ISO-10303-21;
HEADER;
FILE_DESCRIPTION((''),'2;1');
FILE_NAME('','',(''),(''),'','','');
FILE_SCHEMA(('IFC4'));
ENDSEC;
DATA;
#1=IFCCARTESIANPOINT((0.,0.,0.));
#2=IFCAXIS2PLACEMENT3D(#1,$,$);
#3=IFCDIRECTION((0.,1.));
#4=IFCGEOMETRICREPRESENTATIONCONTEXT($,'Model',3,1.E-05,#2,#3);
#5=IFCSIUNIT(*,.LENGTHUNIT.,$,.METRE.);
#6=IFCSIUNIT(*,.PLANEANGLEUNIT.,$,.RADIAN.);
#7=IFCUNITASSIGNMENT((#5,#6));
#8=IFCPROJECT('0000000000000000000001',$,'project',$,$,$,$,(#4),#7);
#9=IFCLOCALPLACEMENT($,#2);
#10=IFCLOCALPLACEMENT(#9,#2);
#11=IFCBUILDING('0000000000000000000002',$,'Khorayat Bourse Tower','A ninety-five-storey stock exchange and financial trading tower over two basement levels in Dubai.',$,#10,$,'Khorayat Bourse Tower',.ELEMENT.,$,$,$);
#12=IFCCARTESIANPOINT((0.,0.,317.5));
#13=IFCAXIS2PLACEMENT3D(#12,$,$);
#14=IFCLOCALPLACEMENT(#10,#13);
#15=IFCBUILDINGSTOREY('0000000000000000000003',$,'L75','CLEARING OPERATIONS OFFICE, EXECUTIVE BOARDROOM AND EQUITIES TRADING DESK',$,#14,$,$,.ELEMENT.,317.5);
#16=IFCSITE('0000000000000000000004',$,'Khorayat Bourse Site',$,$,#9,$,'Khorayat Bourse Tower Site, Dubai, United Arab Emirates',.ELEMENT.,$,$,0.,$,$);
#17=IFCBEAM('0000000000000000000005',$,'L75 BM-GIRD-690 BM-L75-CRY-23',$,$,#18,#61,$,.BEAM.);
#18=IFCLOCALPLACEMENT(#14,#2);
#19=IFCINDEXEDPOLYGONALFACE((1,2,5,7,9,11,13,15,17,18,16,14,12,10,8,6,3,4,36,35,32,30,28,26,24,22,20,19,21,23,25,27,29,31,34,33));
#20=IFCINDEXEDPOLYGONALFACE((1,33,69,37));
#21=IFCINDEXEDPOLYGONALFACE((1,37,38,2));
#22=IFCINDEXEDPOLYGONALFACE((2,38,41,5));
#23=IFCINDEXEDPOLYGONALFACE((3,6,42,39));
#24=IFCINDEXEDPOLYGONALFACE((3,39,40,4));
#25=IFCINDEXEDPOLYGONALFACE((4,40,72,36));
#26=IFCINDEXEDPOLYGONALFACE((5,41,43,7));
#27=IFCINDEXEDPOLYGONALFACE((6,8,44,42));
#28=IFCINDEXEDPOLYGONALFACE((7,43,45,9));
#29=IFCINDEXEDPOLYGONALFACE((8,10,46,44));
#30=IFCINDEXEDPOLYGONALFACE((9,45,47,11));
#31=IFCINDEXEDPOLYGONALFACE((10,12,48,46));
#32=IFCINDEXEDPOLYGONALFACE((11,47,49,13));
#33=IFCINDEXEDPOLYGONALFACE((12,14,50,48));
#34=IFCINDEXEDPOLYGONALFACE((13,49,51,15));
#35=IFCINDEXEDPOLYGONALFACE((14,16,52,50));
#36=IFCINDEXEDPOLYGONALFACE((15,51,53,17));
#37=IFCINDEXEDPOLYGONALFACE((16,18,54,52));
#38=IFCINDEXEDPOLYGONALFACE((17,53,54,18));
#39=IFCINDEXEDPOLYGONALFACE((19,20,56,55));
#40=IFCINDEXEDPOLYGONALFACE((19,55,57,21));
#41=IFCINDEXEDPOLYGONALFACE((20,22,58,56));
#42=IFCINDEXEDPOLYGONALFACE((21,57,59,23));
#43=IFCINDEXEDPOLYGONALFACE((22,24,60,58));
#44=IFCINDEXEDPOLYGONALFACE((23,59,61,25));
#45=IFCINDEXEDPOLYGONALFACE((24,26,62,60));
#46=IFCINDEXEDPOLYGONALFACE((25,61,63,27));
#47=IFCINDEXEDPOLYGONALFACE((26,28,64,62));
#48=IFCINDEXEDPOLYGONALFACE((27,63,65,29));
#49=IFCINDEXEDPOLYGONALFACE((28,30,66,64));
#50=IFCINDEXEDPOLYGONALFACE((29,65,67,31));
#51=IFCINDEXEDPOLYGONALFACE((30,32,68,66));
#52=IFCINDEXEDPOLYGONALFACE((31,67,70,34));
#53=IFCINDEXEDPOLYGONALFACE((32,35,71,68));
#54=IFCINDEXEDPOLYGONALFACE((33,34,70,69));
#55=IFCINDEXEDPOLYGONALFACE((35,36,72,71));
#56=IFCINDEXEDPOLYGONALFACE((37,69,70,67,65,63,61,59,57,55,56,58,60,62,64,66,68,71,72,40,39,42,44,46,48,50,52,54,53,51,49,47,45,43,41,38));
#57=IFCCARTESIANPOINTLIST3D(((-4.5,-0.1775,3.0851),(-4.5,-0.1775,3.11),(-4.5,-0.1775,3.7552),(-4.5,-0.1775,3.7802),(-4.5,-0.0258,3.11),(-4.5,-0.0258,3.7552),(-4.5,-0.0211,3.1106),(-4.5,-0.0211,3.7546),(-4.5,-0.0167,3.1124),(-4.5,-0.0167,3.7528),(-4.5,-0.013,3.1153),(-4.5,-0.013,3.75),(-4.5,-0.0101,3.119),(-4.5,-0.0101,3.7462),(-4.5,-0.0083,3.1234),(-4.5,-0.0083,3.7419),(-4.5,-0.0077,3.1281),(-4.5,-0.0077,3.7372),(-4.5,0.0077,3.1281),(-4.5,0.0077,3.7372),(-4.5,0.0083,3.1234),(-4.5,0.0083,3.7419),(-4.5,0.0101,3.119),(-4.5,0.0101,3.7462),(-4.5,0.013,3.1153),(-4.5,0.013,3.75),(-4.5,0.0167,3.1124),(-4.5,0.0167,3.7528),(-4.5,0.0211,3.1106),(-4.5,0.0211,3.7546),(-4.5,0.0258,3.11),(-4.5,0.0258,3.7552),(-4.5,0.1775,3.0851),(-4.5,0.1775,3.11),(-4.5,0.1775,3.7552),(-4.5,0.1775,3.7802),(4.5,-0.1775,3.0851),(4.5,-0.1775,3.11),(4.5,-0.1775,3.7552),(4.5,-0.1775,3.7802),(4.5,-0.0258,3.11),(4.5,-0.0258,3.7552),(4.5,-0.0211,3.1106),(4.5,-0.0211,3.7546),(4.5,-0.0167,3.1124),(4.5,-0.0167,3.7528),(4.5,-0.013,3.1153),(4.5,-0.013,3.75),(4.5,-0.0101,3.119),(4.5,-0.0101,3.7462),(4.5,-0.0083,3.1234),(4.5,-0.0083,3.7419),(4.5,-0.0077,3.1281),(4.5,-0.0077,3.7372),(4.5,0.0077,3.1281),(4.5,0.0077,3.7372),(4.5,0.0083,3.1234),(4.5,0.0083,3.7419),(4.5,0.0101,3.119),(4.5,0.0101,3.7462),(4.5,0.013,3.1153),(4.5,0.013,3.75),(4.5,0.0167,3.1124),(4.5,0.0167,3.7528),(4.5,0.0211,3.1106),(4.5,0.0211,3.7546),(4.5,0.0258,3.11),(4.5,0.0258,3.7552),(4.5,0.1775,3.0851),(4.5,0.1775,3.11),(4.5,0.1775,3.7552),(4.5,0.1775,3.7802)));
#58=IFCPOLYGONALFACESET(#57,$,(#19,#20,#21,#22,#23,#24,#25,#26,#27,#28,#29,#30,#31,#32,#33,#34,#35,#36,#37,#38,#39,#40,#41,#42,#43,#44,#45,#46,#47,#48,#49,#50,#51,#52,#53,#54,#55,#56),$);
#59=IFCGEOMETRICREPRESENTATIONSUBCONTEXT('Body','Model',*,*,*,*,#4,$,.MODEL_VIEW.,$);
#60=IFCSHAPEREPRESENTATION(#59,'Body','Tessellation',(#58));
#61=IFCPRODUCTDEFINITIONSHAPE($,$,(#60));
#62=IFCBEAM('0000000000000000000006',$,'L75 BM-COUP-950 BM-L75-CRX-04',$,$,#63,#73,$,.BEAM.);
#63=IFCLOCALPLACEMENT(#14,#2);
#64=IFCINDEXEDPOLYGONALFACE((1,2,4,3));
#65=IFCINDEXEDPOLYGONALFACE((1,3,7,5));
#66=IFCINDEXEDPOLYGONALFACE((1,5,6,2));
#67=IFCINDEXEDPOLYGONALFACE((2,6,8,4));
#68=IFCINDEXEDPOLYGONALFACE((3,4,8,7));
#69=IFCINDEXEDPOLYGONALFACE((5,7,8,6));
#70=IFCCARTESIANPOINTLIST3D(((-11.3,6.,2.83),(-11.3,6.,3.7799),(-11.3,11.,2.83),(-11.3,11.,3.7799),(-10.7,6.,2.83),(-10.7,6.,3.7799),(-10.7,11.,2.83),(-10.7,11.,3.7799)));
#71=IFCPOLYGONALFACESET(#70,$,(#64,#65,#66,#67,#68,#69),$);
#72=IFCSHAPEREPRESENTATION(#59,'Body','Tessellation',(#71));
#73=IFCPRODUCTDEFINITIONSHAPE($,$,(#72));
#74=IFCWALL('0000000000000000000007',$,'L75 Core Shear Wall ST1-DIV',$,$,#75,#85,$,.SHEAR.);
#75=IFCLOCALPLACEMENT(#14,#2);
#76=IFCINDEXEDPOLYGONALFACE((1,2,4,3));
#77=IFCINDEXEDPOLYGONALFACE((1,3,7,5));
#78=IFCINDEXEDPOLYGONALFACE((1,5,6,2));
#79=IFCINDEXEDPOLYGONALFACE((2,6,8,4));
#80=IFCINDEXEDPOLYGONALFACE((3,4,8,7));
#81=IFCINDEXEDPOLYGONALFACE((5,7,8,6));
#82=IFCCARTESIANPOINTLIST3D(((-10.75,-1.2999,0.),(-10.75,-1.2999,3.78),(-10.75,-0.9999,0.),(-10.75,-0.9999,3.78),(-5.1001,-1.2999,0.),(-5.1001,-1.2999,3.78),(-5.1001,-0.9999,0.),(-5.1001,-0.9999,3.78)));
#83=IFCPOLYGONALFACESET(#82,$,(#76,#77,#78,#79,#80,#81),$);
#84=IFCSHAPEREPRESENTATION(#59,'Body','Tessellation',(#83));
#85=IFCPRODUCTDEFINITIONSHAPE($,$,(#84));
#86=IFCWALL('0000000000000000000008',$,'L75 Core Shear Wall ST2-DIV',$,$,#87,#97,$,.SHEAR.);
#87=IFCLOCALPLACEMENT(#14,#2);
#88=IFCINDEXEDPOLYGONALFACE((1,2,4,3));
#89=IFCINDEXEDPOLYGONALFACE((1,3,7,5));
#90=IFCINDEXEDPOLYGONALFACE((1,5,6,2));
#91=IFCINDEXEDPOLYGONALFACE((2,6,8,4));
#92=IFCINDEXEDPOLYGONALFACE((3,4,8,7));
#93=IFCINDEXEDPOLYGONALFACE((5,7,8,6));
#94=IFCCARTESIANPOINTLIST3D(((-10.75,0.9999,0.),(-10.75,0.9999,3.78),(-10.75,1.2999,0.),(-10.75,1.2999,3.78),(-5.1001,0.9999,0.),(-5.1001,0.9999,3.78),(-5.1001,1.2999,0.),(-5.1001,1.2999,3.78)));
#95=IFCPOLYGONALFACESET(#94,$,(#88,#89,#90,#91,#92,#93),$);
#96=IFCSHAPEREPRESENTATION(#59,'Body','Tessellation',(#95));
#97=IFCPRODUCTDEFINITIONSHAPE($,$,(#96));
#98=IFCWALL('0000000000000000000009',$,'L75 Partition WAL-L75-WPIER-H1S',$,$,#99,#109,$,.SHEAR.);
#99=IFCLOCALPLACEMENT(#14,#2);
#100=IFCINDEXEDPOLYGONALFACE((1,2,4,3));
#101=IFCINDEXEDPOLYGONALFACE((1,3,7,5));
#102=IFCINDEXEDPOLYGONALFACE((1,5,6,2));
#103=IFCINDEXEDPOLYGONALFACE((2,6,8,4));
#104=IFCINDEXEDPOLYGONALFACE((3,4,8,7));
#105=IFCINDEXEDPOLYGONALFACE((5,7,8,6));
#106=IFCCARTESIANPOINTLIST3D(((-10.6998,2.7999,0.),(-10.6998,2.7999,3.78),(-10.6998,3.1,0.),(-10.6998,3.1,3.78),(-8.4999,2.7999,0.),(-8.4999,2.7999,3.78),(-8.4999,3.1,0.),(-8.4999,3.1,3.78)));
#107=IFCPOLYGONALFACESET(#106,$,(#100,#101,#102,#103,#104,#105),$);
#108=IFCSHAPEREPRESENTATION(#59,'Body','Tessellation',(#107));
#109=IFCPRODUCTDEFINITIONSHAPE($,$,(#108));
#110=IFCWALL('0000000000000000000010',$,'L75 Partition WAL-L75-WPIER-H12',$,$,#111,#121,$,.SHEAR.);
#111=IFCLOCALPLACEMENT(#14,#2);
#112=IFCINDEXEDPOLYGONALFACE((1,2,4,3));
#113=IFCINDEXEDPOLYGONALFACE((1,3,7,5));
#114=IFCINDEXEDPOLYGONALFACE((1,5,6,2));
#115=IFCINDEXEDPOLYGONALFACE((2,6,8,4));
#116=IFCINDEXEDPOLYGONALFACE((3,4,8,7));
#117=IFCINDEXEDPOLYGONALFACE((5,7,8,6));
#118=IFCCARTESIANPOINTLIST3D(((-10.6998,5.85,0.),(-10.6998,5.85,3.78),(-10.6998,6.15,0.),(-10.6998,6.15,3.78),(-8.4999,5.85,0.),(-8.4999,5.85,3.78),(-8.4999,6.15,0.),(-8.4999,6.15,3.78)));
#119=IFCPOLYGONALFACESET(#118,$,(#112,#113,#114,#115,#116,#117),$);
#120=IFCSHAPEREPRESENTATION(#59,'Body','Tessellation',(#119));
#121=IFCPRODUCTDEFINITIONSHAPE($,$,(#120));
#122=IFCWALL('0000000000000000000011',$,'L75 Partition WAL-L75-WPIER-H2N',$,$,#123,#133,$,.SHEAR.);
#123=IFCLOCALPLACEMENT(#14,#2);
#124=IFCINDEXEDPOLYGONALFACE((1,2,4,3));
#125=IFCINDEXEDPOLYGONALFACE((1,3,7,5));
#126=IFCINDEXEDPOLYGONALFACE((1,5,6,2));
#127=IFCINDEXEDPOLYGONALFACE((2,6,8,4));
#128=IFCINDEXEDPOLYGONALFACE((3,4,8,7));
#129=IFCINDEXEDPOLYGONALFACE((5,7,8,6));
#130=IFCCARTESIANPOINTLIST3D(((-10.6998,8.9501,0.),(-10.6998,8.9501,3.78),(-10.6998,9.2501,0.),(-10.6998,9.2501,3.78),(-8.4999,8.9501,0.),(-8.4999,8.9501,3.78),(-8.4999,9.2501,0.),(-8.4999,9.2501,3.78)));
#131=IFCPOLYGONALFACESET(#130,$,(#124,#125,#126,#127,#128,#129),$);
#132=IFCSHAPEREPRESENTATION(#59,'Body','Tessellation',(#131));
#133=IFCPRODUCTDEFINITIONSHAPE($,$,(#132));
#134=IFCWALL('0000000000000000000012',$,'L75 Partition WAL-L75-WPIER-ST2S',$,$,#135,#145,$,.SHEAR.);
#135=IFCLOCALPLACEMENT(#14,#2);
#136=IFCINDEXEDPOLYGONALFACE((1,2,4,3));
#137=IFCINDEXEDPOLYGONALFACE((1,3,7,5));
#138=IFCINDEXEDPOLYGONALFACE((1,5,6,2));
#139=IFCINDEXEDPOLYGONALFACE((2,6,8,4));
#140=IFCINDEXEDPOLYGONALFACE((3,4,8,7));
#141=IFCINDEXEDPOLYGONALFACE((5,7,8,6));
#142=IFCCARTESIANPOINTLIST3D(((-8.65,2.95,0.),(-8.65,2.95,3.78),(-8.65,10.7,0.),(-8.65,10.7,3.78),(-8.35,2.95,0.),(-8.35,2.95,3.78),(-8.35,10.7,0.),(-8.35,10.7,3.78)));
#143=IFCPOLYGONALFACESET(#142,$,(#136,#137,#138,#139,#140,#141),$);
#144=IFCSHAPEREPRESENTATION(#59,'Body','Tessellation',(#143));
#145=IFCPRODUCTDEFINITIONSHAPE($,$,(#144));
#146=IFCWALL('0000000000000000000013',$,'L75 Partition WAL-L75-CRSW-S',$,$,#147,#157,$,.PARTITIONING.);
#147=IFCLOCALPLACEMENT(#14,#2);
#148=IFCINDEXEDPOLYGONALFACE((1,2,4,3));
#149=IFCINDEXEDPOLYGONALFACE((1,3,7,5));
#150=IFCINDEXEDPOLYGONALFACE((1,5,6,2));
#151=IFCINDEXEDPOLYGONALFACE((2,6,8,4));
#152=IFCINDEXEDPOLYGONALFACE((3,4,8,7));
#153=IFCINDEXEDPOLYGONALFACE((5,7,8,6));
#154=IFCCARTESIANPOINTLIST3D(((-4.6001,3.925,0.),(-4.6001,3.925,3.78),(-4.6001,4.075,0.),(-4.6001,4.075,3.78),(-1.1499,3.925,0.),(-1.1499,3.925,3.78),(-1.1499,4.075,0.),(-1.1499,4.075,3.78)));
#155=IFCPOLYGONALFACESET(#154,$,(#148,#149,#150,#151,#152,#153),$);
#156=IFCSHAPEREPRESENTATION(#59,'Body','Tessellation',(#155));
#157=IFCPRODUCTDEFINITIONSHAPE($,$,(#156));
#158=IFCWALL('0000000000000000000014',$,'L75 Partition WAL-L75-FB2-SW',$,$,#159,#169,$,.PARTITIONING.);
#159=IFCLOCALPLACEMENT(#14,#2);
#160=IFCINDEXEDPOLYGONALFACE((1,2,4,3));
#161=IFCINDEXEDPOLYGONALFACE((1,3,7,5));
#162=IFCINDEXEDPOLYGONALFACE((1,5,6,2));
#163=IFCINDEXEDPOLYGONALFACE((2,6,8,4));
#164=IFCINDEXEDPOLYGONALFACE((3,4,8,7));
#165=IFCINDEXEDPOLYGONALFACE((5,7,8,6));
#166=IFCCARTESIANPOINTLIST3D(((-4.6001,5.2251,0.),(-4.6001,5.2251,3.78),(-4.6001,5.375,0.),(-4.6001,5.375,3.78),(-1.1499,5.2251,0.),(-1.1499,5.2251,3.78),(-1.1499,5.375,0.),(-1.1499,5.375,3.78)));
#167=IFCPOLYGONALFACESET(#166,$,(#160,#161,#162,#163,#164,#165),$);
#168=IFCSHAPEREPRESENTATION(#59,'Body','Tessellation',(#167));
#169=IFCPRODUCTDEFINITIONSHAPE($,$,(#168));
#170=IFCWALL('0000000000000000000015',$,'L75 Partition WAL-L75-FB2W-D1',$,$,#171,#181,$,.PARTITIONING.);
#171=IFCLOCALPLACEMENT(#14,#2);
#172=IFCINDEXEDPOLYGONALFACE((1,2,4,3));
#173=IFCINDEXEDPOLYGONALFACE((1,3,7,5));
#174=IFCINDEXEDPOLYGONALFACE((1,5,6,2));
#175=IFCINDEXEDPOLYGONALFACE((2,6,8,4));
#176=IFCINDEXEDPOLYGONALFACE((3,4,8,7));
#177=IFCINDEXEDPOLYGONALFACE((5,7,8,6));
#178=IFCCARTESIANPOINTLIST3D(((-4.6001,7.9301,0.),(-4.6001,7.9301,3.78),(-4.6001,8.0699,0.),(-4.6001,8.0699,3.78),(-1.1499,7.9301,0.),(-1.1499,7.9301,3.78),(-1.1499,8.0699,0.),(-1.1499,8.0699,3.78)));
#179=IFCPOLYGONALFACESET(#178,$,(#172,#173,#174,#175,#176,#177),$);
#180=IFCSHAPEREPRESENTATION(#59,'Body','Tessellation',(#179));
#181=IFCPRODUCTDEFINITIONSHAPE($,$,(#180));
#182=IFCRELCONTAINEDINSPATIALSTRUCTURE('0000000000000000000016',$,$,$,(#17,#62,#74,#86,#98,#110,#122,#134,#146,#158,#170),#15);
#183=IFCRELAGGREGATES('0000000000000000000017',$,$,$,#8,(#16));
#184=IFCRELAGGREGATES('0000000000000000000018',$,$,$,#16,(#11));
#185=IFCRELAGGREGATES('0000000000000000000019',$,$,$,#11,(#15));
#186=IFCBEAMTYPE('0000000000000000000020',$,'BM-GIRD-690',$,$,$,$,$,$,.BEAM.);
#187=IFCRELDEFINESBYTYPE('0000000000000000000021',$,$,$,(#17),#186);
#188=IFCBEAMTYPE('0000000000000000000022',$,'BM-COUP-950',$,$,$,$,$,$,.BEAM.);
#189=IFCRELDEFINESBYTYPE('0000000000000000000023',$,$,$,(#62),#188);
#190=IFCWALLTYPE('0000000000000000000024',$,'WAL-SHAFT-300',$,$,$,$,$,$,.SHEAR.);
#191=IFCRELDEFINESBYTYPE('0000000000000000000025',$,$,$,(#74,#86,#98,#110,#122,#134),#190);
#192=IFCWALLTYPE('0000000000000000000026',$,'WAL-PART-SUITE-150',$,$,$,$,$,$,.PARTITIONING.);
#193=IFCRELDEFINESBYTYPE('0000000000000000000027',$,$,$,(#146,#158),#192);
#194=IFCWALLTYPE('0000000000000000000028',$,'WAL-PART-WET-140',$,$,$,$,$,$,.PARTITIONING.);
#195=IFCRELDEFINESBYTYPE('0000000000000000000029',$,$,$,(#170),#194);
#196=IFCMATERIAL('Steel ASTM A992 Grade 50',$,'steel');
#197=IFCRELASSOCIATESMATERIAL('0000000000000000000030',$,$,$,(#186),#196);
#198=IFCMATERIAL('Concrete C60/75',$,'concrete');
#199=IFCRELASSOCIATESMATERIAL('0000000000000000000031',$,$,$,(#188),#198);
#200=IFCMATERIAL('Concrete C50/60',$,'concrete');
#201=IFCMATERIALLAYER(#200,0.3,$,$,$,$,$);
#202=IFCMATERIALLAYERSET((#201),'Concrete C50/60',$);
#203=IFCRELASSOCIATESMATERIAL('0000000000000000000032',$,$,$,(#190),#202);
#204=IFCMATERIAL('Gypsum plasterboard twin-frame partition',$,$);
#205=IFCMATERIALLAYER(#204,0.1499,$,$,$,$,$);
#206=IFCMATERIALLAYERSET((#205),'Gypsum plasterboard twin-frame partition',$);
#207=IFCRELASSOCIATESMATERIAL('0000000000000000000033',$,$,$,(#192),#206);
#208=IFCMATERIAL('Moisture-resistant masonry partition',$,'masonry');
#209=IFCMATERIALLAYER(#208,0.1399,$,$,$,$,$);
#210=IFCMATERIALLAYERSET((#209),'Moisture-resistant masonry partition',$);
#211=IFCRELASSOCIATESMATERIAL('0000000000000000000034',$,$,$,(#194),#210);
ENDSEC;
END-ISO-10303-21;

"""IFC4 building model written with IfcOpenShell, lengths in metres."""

from ifc_helpers import new_model, si_unit, direction, frame, frame_2d, origin, origin_2d, place, context, subcontext, project, spatial, rectangle, i_section, extrude, source, transform, mapped, material, layer, layer_set, material_profile, profile_set, type_object, element, save


model = new_model("IFC4")

# Units and contexts
model_context = context("Model", 3, precision=1e-05, world=origin(), true_north=direction((0.0, 1.0)))
body_context = subcontext(model_context, "Body", "Model", "MODEL_VIEW")
ifc_project = project(units=[si_unit("LENGTHUNIT", "METRE"), si_unit("PLANEANGLEUNIT", "RADIAN")], contexts=[model_context])

# Site, building, storey
site_placement = place(None, origin())
site = spatial("IfcSite", under=ifc_project, at=site_placement, Name="Khorayat Bourse Site", LongName="Khorayat Bourse Tower Site, Dubai, United Arab Emirates", CompositionType="ELEMENT", RefElevation=0.0)
building_placement = place(site_placement, origin())
building = spatial("IfcBuilding", under=site, at=building_placement, Name="Khorayat Bourse Tower", Description="A ninety-five-storey stock exchange and financial trading tower over two basement levels in Dubai.", LongName="Khorayat Bourse Tower", CompositionType="ELEMENT")
storey_placement = place(building_placement, frame((0.0, 0.0, 317.5)))
storey = spatial("IfcBuildingStorey", under=building, at=storey_placement, Name="L75", Description="CLEARING OPERATIONS OFFICE, EXECUTIVE BOARDROOM AND EQUITIES TRADING DESK", CompositionType="ELEMENT", Elevation=317.5)

# Beams
ifc_material_1 = material(Name="Steel ASTM A992 Grade 50", Category="steel")
ifc_material_profile_1 = material_profile(ifc_material_1, i_section(OverallWidth=0.355, OverallDepth=0.6951, WebThickness=0.0154, FlangeThickness=0.0249, FilletRadius=0.0181, at=origin_2d()), Name="W690X217")
ifc_profile_set_1 = profile_set([ifc_material_profile_1], Name="Steel ASTM A992 Grade 50")
beam_type_1 = type_object("IfcBeamType", Name="BM-GIRD-690", PredefinedType="BEAM", material=ifc_profile_set_1)
shared_shape_1 = source(origin(), body_context, "Body", "SweptSolid", [
    extrude(i_section(OverallWidth=0.355, OverallDepth=0.6951, WebThickness=0.0154, FlangeThickness=0.0249, FilletRadius=0.0181, at=origin_2d()), origin(), (0.0, 0.0, 1.0), 9.0),
])
beam_1_placement = place(storey_placement, frame((-4.5, 0.0, 3.4326), z_axis=(1.0, 0.0, 0.0), x_axis=(0.0, 1.0, 0.0)))
element("IfcBeam", 1, at=beam_1_placement, inside=storey, type_object=beam_type_1, Name="L75 BM-GIRD-690 BM-L75-CRY-23", PredefinedType="BEAM", context=body_context, shape_type="MappedRepresentation", body=[
    mapped(shared_shape_1, transform((0.0, 0.0, 0.0), scale=1.0)),
])
ifc_material_2 = material(Name="Concrete C60/75", Category="concrete")
ifc_material_profile_2 = material_profile(ifc_material_2, rectangle(XDim=0.6001, YDim=0.95, at=origin_2d()), Name="RC 600x950")
ifc_profile_set_2 = profile_set([ifc_material_profile_2], Name="Concrete C60/75")
beam_type_2 = type_object("IfcBeamType", Name="BM-COUP-950", PredefinedType="BEAM", material=ifc_profile_set_2)
shared_shape_2 = source(origin(), body_context, "Body", "SweptSolid", [
    extrude(rectangle(XDim=0.6001, YDim=0.95, at=origin_2d()), origin(), (0.0, 0.0, 1.0), 5.0),
])
beam_2_placement = place(storey_placement, frame((-11.0, 6.0, 3.3049), z_axis=(0.0, 1.0, 0.0), x_axis=(-1.0, 0.0, 0.0)))
element("IfcBeam", 2, at=beam_2_placement, inside=storey, type_object=beam_type_2, Name="L75 BM-COUP-950 BM-L75-CRX-04", PredefinedType="BEAM", context=body_context, shape_type="MappedRepresentation", body=[
    mapped(shared_shape_2, transform((0.0, 0.0, 0.0), scale=1.0)),
])

# Walls
ifc_material_3 = material(Name="Concrete C50/60", Category="concrete")
ifc_layer_1 = layer(ifc_material_3, 0.3)
ifc_layer_set_1 = layer_set([ifc_layer_1], Name="Concrete C50/60")
wall_type_1 = type_object("IfcWallType", Name="WAL-SHAFT-300", PredefinedType="SHEAR", material=ifc_layer_set_1)
shared_shape_3 = source(origin(), body_context, "Body", "SweptSolid", [
    extrude(rectangle(XDim=5.6499, YDim=0.3, at=frame_2d((2.825, 0.0))), origin(), (0.0, 0.0, 1.0), 3.78),
])
for number, where, z_axis, x_axis, name in (
    (3, (-10.75, -1.1499, 0.0), (0.0, 0.0, 1.0), (1.0, 0.0, 0.0), "L75 Core Shear Wall ST1-DIV"),
    (4, (-10.75, 1.1499, 0.0), (0.0, 0.0, 1.0), (1.0, 0.0, 0.0), "L75 Core Shear Wall ST2-DIV"),
):
    element("IfcWall", number, at=place(storey_placement, frame(where, z_axis=z_axis, x_axis=x_axis)), inside=storey, type_object=wall_type_1, Name=name, PredefinedType="SHEAR", context=body_context, shape_type="MappedRepresentation", body=[
        mapped(shared_shape_3, transform((0.0, 0.0, 0.0), scale=1.0)),
    ])
shared_shape_4 = source(origin(), body_context, "Body", "SweptSolid", [
    extrude(rectangle(XDim=2.2, YDim=0.3, at=frame_2d((1.1001, 0.0))), origin(), (0.0, 0.0, 1.0), 3.78),
])
for number, where, z_axis, x_axis, name in (
    (5, (-10.7, 2.95, 0.0), (0.0, 0.0, 1.0), (1.0, 0.0, 0.0), "L75 Partition WAL-L75-WPIER-H1S"),
    (6, (-10.7, 6.0, 0.0), (0.0, 0.0, 1.0), (1.0, 0.0, 0.0), "L75 Partition WAL-L75-WPIER-H12"),
    (7, (-10.7, 9.1001, 0.0), (0.0, 0.0, 1.0), (1.0, 0.0, 0.0), "L75 Partition WAL-L75-WPIER-H2N"),
):
    element("IfcWall", number, at=place(storey_placement, frame(where, z_axis=z_axis, x_axis=x_axis)), inside=storey, type_object=wall_type_1, Name=name, PredefinedType="SHEAR", context=body_context, shape_type="MappedRepresentation", body=[
        mapped(shared_shape_4, transform((0.0, 0.0, 0.0), scale=1.0)),
    ])
shared_shape_5 = source(origin(), body_context, "Body", "SweptSolid", [
    extrude(rectangle(XDim=7.75, YDim=0.3, at=frame_2d((3.875, 0.0))), origin(), (0.0, 0.0, 1.0), 3.78),
])
wall_1_placement = place(storey_placement, frame((-8.5, 2.95, 0.0), z_axis=(0.0, 0.0, 1.0), x_axis=(0.0, 1.0, 0.0)))
element("IfcWall", 8, at=wall_1_placement, inside=storey, type_object=wall_type_1, Name="L75 Partition WAL-L75-WPIER-ST2S", PredefinedType="SHEAR", context=body_context, shape_type="MappedRepresentation", body=[
    mapped(shared_shape_5, transform((0.0, 0.0, 0.0), scale=1.0)),
])
ifc_material_4 = material(Name="Gypsum plasterboard twin-frame partition")
ifc_layer_2 = layer(ifc_material_4, 0.1499)
ifc_layer_set_2 = layer_set([ifc_layer_2], Name="Gypsum plasterboard twin-frame partition")
wall_type_2 = type_object("IfcWallType", Name="WAL-PART-SUITE-150", PredefinedType="PARTITIONING", material=ifc_layer_set_2)
shared_shape_6 = source(origin(), body_context, "Body", "SweptSolid", [
    extrude(rectangle(XDim=3.4502, YDim=0.1499, at=frame_2d((1.7251, 0.0))), origin(), (0.0, 0.0, 1.0), 3.78),
])
for number, where, z_axis, x_axis, name in (
    (9, (-4.6001, 4.0, 0.0), (0.0, 0.0, 1.0), (1.0, 0.0, 0.0), "L75 Partition WAL-L75-CRSW-S"),
    (10, (-4.6001, 5.3, 0.0), (0.0, 0.0, 1.0), (1.0, 0.0, 0.0), "L75 Partition WAL-L75-FB2-SW"),
):
    element("IfcWall", number, at=place(storey_placement, frame(where, z_axis=z_axis, x_axis=x_axis)), inside=storey, type_object=wall_type_2, Name=name, PredefinedType="PARTITIONING", context=body_context, shape_type="MappedRepresentation", body=[
        mapped(shared_shape_6, transform((0.0, 0.0, 0.0), scale=1.0)),
    ])
ifc_material_5 = material(Name="Moisture-resistant masonry partition", Category="masonry")
ifc_layer_3 = layer(ifc_material_5, 0.1399)
ifc_layer_set_3 = layer_set([ifc_layer_3], Name="Moisture-resistant masonry partition")
wall_type_3 = type_object("IfcWallType", Name="WAL-PART-WET-140", PredefinedType="PARTITIONING", material=ifc_layer_set_3)
shared_shape_7 = source(origin(), body_context, "Body", "SweptSolid", [
    extrude(rectangle(XDim=3.4502, YDim=0.1399, at=frame_2d((1.7251, 0.0))), origin(), (0.0, 0.0, 1.0), 3.78),
])
wall_2_placement = place(storey_placement, frame((-4.6001, 8.0, 0.0), z_axis=(0.0, 0.0, 1.0), x_axis=(1.0, 0.0, 0.0)))
element("IfcWall", 11, at=wall_2_placement, inside=storey, type_object=wall_type_3, Name="L75 Partition WAL-L75-FB2W-D1", PredefinedType="PARTITIONING", context=body_context, shape_type="MappedRepresentation", body=[
    mapped(shared_shape_7, transform((0.0, 0.0, 0.0), scale=1.0)),
])

save(model, "model.ifc")
